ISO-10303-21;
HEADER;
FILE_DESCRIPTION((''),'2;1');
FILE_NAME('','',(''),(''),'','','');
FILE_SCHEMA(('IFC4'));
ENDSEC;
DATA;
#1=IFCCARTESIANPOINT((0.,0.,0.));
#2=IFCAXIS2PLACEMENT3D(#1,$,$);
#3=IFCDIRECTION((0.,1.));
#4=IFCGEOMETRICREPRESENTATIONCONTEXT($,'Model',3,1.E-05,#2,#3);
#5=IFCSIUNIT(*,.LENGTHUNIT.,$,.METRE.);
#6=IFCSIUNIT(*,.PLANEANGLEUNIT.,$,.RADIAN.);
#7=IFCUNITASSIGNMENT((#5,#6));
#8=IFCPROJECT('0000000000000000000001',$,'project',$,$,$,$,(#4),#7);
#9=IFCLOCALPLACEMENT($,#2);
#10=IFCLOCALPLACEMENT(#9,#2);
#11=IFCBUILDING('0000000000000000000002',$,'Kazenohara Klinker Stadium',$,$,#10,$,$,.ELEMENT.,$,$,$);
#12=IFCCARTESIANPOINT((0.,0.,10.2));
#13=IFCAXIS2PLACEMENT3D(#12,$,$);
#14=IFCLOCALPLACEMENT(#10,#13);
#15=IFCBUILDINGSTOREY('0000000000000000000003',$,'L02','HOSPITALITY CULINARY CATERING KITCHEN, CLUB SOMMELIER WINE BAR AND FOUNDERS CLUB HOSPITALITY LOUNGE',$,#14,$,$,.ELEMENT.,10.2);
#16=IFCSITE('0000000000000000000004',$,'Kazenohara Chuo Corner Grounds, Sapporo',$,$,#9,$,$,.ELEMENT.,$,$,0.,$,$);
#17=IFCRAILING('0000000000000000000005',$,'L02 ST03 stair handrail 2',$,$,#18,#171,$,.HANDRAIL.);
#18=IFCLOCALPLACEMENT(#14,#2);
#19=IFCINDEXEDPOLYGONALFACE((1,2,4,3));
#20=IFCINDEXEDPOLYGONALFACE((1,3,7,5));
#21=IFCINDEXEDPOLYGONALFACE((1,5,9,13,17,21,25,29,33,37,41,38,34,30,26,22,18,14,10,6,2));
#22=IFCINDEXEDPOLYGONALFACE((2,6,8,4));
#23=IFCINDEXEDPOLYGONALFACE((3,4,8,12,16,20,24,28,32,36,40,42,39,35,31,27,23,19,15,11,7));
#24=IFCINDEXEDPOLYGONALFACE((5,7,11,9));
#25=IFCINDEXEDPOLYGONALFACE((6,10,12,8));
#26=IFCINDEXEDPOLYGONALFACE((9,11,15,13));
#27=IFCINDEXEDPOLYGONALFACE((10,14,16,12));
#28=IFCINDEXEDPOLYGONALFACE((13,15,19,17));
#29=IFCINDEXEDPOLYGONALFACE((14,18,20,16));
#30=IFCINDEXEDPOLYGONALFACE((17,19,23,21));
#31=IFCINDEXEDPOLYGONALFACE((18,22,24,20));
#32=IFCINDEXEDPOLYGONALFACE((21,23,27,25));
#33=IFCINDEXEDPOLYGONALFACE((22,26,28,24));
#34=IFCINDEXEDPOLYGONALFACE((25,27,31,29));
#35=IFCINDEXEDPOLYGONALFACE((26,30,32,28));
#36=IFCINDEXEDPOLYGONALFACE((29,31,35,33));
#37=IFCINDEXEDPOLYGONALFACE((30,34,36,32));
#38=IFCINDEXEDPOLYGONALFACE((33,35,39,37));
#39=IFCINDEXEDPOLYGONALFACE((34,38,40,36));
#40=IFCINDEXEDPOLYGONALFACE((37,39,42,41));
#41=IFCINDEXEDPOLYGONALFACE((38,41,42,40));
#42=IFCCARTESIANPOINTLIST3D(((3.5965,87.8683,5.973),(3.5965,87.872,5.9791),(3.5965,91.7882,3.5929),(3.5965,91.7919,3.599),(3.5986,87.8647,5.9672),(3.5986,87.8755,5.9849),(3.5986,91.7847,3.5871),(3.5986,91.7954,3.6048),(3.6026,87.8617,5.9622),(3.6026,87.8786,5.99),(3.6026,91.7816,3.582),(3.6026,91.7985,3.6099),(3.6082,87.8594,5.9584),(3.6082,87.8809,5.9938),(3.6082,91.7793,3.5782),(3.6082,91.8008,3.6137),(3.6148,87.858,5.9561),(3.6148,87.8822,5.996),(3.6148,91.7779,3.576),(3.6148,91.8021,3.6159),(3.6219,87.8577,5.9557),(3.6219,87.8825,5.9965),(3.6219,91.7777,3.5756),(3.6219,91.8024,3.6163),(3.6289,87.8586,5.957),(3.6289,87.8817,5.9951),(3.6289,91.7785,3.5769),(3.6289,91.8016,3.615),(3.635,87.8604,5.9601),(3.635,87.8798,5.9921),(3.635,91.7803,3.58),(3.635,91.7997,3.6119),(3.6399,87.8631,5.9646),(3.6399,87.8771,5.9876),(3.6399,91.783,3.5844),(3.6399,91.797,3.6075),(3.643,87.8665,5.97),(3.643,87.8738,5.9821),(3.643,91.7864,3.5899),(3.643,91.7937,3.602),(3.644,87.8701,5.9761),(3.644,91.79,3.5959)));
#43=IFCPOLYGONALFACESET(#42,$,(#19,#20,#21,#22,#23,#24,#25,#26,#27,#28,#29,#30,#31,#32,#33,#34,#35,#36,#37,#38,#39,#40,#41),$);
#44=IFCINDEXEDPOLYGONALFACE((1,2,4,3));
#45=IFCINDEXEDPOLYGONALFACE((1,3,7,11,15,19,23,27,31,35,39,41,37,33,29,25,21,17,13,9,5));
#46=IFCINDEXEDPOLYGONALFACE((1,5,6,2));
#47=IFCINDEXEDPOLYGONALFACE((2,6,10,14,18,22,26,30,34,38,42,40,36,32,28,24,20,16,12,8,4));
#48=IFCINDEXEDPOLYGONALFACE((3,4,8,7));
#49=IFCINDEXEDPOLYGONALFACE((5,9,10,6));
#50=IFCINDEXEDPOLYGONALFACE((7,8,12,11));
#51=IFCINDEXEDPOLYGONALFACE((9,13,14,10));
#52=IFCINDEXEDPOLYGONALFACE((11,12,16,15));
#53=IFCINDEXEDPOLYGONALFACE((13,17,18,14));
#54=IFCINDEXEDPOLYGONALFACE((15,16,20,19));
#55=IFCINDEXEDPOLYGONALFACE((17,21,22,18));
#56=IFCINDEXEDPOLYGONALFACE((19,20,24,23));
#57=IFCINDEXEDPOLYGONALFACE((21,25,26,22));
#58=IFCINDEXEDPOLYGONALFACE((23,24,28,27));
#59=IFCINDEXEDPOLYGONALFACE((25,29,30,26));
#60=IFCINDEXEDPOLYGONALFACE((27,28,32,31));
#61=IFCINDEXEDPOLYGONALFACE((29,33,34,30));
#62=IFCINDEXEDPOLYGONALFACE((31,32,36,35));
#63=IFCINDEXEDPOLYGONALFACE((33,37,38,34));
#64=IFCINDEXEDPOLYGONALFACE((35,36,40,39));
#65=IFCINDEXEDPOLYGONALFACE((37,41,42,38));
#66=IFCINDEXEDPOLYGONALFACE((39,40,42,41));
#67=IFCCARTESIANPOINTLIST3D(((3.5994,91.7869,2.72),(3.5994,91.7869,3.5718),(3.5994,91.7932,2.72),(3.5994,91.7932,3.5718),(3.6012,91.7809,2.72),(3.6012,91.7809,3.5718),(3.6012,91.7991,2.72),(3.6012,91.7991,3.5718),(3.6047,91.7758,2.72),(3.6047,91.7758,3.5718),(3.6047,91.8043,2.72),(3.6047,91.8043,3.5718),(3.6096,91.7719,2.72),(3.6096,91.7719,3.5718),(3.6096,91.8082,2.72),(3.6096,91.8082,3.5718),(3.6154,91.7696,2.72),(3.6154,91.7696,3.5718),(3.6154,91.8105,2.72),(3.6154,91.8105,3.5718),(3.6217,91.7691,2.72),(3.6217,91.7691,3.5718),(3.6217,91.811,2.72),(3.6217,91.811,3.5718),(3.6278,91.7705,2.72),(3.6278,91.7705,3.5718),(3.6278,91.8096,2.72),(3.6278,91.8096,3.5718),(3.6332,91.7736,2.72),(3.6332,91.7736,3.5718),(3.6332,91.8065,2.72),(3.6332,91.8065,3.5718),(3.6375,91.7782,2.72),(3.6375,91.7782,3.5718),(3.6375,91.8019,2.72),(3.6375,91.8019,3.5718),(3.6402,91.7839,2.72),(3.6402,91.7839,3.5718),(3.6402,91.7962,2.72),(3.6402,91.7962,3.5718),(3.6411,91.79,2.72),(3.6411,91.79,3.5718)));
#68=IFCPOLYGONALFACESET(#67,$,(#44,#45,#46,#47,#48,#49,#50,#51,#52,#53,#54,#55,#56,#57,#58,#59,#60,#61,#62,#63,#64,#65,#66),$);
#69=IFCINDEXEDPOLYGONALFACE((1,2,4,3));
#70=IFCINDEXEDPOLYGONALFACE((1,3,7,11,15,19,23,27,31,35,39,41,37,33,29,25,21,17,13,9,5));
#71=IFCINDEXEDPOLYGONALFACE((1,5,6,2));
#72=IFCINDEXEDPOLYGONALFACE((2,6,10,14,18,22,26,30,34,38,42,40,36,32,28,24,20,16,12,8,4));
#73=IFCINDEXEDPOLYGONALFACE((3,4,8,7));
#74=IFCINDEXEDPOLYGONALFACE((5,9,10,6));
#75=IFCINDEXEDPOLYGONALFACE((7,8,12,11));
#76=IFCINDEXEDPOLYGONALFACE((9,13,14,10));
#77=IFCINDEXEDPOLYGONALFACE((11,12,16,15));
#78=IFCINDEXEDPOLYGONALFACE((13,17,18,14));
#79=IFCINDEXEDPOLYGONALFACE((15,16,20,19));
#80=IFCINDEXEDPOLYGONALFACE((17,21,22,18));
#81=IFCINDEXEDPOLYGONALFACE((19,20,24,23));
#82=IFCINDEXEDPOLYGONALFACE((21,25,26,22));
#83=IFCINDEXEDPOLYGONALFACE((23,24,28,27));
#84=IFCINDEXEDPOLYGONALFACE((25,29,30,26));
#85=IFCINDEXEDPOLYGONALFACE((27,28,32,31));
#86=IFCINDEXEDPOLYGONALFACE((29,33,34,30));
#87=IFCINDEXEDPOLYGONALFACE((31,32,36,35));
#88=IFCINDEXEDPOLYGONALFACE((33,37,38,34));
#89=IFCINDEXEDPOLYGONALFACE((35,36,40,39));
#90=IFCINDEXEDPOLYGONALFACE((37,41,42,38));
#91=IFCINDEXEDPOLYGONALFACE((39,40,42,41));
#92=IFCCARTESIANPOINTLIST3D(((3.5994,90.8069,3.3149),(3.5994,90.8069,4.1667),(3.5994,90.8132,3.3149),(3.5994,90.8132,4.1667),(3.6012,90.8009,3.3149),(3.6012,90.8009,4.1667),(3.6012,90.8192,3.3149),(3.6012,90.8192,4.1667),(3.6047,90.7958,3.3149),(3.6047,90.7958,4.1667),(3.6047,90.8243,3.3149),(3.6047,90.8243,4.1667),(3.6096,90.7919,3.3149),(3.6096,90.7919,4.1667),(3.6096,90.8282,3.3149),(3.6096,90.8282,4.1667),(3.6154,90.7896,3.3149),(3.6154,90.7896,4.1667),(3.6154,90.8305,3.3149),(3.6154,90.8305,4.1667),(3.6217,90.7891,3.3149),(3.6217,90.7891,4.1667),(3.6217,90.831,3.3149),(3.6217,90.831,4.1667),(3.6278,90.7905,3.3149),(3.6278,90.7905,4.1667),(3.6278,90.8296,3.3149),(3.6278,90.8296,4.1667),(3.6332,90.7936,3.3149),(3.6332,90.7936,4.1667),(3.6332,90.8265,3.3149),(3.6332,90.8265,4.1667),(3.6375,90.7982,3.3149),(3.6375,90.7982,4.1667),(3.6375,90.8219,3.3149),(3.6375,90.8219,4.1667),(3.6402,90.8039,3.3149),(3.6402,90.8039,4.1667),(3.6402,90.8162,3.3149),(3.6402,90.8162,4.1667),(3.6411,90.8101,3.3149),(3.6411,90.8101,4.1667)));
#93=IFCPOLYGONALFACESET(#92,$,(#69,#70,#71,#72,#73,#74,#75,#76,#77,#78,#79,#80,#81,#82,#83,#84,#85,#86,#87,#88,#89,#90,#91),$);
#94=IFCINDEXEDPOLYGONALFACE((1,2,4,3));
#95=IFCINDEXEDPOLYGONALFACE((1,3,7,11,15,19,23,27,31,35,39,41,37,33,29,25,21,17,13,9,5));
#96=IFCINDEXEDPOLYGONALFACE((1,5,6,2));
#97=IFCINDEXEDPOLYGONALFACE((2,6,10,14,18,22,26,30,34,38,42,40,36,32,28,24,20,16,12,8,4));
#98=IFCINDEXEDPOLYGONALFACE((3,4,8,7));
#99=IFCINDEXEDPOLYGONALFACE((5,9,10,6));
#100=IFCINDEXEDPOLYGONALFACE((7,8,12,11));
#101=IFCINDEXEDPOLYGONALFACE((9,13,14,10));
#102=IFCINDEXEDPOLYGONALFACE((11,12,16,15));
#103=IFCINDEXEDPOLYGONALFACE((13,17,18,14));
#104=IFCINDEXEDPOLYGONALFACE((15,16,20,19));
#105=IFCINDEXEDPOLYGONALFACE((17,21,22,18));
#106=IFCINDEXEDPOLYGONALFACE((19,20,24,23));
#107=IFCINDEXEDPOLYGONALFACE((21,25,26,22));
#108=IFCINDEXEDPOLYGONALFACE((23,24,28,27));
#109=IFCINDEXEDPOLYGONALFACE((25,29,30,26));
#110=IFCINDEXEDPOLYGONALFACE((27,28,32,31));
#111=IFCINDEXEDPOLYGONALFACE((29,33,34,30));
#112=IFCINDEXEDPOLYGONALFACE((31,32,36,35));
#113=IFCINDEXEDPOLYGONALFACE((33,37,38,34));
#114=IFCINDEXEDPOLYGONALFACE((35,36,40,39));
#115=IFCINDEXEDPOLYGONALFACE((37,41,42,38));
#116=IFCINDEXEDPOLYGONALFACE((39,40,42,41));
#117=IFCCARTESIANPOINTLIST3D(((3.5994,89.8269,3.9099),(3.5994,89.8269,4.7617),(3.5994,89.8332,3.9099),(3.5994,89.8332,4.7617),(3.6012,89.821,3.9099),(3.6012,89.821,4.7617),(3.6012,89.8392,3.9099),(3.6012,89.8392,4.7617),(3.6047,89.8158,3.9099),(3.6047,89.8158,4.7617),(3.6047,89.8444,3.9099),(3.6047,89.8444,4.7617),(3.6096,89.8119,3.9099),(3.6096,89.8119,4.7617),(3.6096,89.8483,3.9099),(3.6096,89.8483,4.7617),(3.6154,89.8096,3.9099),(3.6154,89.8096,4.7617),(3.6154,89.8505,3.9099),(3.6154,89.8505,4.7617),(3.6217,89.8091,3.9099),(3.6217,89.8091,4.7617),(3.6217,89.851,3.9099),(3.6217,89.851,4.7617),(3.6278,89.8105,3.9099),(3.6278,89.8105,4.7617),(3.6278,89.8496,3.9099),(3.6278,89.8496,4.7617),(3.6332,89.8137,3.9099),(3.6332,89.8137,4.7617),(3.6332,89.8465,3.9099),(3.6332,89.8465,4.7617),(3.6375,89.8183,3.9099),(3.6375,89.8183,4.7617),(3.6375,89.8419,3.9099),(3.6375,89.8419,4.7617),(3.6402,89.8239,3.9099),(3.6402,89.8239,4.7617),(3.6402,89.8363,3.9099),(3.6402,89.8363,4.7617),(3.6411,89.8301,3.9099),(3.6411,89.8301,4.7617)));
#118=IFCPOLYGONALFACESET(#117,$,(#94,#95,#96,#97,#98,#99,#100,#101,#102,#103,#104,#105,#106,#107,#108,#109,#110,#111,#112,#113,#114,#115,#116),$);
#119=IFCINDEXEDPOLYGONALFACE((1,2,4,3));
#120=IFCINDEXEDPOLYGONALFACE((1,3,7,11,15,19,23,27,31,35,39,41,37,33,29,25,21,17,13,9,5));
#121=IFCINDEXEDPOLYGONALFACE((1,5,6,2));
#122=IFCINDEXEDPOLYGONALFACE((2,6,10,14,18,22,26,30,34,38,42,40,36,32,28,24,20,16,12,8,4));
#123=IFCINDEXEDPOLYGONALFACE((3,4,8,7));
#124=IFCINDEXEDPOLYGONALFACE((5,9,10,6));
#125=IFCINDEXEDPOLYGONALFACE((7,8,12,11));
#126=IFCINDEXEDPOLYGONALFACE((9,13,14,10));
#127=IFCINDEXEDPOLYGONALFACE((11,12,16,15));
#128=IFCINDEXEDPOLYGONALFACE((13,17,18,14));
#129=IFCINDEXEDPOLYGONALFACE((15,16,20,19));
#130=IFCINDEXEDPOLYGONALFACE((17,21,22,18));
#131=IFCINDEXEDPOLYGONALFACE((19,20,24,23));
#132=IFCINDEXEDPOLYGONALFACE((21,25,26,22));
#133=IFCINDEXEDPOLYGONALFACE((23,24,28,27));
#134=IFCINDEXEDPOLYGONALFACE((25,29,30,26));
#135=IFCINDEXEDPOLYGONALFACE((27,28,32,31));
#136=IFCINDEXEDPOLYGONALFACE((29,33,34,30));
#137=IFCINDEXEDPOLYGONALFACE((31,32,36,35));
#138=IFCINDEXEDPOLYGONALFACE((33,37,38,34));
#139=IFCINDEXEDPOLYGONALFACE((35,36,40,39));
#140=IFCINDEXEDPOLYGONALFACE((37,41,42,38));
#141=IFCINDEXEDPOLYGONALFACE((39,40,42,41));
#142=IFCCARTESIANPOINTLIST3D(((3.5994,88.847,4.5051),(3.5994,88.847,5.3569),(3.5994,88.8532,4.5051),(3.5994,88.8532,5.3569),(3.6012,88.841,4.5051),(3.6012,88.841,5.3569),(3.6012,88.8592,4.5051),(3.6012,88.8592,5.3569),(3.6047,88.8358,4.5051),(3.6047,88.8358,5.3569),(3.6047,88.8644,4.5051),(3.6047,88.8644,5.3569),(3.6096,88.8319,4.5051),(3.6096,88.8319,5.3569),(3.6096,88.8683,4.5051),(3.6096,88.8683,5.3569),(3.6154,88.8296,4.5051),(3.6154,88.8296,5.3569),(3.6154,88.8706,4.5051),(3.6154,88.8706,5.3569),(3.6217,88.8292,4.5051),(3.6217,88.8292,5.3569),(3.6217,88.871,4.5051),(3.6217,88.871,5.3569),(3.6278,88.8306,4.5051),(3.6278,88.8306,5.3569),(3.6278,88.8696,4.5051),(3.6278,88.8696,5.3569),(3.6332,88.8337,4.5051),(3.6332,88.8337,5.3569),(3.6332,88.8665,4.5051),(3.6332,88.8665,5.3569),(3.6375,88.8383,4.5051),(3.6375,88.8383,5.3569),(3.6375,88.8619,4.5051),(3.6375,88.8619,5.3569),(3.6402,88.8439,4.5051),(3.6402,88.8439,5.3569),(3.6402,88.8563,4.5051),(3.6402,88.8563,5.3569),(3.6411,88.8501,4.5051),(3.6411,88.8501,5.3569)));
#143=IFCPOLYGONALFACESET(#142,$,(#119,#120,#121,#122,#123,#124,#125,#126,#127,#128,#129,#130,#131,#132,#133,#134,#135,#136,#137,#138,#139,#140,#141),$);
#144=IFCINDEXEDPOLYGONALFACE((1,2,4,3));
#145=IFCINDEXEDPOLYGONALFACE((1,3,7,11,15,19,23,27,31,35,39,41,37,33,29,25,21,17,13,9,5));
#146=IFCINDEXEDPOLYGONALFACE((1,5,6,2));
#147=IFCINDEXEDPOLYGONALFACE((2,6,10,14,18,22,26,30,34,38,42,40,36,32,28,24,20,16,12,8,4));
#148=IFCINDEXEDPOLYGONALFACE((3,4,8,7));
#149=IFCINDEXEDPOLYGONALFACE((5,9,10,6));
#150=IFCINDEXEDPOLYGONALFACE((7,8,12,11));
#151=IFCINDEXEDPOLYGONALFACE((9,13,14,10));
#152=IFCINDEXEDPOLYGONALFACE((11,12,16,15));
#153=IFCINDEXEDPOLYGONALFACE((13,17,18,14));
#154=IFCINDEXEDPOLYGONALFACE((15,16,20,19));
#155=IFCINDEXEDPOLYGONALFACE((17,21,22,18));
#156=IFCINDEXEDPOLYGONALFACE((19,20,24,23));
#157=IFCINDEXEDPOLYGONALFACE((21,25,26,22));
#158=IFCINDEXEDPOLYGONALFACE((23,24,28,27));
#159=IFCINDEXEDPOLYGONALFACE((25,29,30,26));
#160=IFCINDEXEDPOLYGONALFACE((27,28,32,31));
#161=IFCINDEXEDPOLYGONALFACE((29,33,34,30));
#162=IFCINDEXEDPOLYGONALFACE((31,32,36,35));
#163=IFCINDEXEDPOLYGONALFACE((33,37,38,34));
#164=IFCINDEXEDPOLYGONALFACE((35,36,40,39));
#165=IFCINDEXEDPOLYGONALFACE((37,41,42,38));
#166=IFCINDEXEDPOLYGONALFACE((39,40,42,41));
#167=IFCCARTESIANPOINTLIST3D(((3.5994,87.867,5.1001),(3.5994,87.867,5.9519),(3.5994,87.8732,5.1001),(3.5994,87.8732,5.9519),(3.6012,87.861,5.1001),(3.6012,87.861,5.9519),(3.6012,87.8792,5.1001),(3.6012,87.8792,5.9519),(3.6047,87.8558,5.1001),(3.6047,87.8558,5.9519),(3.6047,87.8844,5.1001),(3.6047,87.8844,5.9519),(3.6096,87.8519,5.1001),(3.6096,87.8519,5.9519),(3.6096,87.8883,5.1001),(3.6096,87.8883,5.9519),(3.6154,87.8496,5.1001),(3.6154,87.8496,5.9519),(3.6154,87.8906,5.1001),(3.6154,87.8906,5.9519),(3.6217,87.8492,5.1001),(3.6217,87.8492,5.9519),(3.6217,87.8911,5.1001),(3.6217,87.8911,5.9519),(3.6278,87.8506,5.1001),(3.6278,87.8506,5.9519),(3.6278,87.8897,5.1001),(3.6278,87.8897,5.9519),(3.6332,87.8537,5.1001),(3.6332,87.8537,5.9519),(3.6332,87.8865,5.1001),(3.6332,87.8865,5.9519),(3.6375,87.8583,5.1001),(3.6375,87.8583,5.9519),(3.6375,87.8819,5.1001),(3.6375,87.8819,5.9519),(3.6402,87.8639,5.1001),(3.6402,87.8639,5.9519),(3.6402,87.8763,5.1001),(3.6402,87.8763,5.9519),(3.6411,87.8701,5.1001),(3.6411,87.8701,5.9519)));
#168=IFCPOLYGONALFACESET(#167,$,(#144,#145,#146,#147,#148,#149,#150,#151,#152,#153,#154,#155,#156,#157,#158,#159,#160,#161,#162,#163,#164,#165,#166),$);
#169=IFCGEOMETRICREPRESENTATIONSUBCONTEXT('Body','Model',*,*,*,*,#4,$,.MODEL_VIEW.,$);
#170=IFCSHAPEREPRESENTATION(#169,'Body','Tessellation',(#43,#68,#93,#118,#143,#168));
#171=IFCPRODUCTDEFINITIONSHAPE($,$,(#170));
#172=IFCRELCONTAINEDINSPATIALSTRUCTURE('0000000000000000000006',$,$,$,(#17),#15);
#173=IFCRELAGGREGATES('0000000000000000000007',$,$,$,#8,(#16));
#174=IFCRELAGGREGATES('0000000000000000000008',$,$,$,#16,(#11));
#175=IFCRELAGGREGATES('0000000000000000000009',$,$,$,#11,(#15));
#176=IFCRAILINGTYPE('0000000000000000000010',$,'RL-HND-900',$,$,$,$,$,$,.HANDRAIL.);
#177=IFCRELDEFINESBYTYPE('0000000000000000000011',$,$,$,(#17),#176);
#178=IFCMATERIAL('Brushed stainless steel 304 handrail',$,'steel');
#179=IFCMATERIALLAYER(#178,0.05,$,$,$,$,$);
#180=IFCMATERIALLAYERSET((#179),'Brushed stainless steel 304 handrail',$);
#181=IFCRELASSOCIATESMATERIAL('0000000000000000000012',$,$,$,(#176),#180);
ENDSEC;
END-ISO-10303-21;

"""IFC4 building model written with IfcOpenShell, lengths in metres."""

from ifc_helpers import new_model, si_unit, direction, frame, origin, origin_2d, place, context, subcontext, project, spatial, circle, extrude, material, layer, layer_set, type_object, element, save


model = new_model("IFC4")

# Units and contexts
model_context = context("Model", 3, precision=1e-05, world=origin(), true_north=direction((0.0, 1.0)))
body_context = subcontext(model_context, "Body", "Model", "MODEL_VIEW")
ifc_project = project(units=[si_unit("LENGTHUNIT", "METRE"), si_unit("PLANEANGLEUNIT", "RADIAN")], contexts=[model_context])

# Site, building, storey
site_placement = place(None, origin())
site = spatial("IfcSite", under=ifc_project, at=site_placement, Name="Kazenohara Chuo Corner Grounds, Sapporo", CompositionType="ELEMENT", RefElevation=0.0)
building_placement = place(site_placement, origin())
building = spatial("IfcBuilding", under=site, at=building_placement, Name="Kazenohara Klinker Stadium", CompositionType="ELEMENT")
storey_placement = place(building_placement, frame((0.0, 0.0, 10.2)))
storey = spatial("IfcBuildingStorey", under=building, at=storey_placement, Name="L02", Description="HOSPITALITY CULINARY CATERING KITCHEN, CLUB SOMMELIER WINE BAR AND FOUNDERS CLUB HOSPITALITY LOUNGE", CompositionType="ELEMENT", Elevation=10.2)

# Railing
ifc_material_1 = material(Name="Brushed stainless steel 304 handrail", Category="steel")
ifc_layer_1 = layer(ifc_material_1, 0.05)
ifc_layer_set_1 = layer_set([ifc_layer_1], Name="Brushed stainless steel 304 handrail")
railing_type_1 = type_object("IfcRailingType", Name="RL-HND-900", PredefinedType="HANDRAIL", material=ifc_layer_set_1)
railing_1_placement = place(storey_placement, frame((3.6201, 91.79, 2.72)))
element("IfcRailing", 1, at=railing_1_placement, inside=storey, type_object=railing_type_1, Name="L02 ST03 stair handrail 2", PredefinedType="HANDRAIL", context=body_context, shape_type="SweptSolid", body=[
    extrude(circle(Radius=0.0239, at=origin_2d()), frame((0.0, 0.0, 0.876), z_axis=(0.0, -0.854771, 0.519006), x_axis=(1.0, 0.0, 0.0)), (0.0, 0.0, 1.0), 4.5859),
    extrude(circle(Radius=0.021, at=origin_2d()), origin(), (0.0, 0.0, 1.0), 0.8518),
    extrude(circle(Radius=0.021, at=origin_2d()), frame((0.0, -0.98, 0.595)), (0.0, 0.0, 1.0), 0.8518),
    extrude(circle(Radius=0.021, at=origin_2d()), frame((0.0, -1.96, 1.1899)), (0.0, 0.0, 1.0), 0.8518),
    extrude(circle(Radius=0.021, at=origin_2d()), frame((0.0, -2.9399, 1.7852)), (0.0, 0.0, 1.0), 0.8518),
    extrude(circle(Radius=0.021, at=origin_2d()), frame((0.0, -3.9199, 2.3801)), (0.0, 0.0, 1.0), 0.8518),
])

save(model, "model.ifc")
